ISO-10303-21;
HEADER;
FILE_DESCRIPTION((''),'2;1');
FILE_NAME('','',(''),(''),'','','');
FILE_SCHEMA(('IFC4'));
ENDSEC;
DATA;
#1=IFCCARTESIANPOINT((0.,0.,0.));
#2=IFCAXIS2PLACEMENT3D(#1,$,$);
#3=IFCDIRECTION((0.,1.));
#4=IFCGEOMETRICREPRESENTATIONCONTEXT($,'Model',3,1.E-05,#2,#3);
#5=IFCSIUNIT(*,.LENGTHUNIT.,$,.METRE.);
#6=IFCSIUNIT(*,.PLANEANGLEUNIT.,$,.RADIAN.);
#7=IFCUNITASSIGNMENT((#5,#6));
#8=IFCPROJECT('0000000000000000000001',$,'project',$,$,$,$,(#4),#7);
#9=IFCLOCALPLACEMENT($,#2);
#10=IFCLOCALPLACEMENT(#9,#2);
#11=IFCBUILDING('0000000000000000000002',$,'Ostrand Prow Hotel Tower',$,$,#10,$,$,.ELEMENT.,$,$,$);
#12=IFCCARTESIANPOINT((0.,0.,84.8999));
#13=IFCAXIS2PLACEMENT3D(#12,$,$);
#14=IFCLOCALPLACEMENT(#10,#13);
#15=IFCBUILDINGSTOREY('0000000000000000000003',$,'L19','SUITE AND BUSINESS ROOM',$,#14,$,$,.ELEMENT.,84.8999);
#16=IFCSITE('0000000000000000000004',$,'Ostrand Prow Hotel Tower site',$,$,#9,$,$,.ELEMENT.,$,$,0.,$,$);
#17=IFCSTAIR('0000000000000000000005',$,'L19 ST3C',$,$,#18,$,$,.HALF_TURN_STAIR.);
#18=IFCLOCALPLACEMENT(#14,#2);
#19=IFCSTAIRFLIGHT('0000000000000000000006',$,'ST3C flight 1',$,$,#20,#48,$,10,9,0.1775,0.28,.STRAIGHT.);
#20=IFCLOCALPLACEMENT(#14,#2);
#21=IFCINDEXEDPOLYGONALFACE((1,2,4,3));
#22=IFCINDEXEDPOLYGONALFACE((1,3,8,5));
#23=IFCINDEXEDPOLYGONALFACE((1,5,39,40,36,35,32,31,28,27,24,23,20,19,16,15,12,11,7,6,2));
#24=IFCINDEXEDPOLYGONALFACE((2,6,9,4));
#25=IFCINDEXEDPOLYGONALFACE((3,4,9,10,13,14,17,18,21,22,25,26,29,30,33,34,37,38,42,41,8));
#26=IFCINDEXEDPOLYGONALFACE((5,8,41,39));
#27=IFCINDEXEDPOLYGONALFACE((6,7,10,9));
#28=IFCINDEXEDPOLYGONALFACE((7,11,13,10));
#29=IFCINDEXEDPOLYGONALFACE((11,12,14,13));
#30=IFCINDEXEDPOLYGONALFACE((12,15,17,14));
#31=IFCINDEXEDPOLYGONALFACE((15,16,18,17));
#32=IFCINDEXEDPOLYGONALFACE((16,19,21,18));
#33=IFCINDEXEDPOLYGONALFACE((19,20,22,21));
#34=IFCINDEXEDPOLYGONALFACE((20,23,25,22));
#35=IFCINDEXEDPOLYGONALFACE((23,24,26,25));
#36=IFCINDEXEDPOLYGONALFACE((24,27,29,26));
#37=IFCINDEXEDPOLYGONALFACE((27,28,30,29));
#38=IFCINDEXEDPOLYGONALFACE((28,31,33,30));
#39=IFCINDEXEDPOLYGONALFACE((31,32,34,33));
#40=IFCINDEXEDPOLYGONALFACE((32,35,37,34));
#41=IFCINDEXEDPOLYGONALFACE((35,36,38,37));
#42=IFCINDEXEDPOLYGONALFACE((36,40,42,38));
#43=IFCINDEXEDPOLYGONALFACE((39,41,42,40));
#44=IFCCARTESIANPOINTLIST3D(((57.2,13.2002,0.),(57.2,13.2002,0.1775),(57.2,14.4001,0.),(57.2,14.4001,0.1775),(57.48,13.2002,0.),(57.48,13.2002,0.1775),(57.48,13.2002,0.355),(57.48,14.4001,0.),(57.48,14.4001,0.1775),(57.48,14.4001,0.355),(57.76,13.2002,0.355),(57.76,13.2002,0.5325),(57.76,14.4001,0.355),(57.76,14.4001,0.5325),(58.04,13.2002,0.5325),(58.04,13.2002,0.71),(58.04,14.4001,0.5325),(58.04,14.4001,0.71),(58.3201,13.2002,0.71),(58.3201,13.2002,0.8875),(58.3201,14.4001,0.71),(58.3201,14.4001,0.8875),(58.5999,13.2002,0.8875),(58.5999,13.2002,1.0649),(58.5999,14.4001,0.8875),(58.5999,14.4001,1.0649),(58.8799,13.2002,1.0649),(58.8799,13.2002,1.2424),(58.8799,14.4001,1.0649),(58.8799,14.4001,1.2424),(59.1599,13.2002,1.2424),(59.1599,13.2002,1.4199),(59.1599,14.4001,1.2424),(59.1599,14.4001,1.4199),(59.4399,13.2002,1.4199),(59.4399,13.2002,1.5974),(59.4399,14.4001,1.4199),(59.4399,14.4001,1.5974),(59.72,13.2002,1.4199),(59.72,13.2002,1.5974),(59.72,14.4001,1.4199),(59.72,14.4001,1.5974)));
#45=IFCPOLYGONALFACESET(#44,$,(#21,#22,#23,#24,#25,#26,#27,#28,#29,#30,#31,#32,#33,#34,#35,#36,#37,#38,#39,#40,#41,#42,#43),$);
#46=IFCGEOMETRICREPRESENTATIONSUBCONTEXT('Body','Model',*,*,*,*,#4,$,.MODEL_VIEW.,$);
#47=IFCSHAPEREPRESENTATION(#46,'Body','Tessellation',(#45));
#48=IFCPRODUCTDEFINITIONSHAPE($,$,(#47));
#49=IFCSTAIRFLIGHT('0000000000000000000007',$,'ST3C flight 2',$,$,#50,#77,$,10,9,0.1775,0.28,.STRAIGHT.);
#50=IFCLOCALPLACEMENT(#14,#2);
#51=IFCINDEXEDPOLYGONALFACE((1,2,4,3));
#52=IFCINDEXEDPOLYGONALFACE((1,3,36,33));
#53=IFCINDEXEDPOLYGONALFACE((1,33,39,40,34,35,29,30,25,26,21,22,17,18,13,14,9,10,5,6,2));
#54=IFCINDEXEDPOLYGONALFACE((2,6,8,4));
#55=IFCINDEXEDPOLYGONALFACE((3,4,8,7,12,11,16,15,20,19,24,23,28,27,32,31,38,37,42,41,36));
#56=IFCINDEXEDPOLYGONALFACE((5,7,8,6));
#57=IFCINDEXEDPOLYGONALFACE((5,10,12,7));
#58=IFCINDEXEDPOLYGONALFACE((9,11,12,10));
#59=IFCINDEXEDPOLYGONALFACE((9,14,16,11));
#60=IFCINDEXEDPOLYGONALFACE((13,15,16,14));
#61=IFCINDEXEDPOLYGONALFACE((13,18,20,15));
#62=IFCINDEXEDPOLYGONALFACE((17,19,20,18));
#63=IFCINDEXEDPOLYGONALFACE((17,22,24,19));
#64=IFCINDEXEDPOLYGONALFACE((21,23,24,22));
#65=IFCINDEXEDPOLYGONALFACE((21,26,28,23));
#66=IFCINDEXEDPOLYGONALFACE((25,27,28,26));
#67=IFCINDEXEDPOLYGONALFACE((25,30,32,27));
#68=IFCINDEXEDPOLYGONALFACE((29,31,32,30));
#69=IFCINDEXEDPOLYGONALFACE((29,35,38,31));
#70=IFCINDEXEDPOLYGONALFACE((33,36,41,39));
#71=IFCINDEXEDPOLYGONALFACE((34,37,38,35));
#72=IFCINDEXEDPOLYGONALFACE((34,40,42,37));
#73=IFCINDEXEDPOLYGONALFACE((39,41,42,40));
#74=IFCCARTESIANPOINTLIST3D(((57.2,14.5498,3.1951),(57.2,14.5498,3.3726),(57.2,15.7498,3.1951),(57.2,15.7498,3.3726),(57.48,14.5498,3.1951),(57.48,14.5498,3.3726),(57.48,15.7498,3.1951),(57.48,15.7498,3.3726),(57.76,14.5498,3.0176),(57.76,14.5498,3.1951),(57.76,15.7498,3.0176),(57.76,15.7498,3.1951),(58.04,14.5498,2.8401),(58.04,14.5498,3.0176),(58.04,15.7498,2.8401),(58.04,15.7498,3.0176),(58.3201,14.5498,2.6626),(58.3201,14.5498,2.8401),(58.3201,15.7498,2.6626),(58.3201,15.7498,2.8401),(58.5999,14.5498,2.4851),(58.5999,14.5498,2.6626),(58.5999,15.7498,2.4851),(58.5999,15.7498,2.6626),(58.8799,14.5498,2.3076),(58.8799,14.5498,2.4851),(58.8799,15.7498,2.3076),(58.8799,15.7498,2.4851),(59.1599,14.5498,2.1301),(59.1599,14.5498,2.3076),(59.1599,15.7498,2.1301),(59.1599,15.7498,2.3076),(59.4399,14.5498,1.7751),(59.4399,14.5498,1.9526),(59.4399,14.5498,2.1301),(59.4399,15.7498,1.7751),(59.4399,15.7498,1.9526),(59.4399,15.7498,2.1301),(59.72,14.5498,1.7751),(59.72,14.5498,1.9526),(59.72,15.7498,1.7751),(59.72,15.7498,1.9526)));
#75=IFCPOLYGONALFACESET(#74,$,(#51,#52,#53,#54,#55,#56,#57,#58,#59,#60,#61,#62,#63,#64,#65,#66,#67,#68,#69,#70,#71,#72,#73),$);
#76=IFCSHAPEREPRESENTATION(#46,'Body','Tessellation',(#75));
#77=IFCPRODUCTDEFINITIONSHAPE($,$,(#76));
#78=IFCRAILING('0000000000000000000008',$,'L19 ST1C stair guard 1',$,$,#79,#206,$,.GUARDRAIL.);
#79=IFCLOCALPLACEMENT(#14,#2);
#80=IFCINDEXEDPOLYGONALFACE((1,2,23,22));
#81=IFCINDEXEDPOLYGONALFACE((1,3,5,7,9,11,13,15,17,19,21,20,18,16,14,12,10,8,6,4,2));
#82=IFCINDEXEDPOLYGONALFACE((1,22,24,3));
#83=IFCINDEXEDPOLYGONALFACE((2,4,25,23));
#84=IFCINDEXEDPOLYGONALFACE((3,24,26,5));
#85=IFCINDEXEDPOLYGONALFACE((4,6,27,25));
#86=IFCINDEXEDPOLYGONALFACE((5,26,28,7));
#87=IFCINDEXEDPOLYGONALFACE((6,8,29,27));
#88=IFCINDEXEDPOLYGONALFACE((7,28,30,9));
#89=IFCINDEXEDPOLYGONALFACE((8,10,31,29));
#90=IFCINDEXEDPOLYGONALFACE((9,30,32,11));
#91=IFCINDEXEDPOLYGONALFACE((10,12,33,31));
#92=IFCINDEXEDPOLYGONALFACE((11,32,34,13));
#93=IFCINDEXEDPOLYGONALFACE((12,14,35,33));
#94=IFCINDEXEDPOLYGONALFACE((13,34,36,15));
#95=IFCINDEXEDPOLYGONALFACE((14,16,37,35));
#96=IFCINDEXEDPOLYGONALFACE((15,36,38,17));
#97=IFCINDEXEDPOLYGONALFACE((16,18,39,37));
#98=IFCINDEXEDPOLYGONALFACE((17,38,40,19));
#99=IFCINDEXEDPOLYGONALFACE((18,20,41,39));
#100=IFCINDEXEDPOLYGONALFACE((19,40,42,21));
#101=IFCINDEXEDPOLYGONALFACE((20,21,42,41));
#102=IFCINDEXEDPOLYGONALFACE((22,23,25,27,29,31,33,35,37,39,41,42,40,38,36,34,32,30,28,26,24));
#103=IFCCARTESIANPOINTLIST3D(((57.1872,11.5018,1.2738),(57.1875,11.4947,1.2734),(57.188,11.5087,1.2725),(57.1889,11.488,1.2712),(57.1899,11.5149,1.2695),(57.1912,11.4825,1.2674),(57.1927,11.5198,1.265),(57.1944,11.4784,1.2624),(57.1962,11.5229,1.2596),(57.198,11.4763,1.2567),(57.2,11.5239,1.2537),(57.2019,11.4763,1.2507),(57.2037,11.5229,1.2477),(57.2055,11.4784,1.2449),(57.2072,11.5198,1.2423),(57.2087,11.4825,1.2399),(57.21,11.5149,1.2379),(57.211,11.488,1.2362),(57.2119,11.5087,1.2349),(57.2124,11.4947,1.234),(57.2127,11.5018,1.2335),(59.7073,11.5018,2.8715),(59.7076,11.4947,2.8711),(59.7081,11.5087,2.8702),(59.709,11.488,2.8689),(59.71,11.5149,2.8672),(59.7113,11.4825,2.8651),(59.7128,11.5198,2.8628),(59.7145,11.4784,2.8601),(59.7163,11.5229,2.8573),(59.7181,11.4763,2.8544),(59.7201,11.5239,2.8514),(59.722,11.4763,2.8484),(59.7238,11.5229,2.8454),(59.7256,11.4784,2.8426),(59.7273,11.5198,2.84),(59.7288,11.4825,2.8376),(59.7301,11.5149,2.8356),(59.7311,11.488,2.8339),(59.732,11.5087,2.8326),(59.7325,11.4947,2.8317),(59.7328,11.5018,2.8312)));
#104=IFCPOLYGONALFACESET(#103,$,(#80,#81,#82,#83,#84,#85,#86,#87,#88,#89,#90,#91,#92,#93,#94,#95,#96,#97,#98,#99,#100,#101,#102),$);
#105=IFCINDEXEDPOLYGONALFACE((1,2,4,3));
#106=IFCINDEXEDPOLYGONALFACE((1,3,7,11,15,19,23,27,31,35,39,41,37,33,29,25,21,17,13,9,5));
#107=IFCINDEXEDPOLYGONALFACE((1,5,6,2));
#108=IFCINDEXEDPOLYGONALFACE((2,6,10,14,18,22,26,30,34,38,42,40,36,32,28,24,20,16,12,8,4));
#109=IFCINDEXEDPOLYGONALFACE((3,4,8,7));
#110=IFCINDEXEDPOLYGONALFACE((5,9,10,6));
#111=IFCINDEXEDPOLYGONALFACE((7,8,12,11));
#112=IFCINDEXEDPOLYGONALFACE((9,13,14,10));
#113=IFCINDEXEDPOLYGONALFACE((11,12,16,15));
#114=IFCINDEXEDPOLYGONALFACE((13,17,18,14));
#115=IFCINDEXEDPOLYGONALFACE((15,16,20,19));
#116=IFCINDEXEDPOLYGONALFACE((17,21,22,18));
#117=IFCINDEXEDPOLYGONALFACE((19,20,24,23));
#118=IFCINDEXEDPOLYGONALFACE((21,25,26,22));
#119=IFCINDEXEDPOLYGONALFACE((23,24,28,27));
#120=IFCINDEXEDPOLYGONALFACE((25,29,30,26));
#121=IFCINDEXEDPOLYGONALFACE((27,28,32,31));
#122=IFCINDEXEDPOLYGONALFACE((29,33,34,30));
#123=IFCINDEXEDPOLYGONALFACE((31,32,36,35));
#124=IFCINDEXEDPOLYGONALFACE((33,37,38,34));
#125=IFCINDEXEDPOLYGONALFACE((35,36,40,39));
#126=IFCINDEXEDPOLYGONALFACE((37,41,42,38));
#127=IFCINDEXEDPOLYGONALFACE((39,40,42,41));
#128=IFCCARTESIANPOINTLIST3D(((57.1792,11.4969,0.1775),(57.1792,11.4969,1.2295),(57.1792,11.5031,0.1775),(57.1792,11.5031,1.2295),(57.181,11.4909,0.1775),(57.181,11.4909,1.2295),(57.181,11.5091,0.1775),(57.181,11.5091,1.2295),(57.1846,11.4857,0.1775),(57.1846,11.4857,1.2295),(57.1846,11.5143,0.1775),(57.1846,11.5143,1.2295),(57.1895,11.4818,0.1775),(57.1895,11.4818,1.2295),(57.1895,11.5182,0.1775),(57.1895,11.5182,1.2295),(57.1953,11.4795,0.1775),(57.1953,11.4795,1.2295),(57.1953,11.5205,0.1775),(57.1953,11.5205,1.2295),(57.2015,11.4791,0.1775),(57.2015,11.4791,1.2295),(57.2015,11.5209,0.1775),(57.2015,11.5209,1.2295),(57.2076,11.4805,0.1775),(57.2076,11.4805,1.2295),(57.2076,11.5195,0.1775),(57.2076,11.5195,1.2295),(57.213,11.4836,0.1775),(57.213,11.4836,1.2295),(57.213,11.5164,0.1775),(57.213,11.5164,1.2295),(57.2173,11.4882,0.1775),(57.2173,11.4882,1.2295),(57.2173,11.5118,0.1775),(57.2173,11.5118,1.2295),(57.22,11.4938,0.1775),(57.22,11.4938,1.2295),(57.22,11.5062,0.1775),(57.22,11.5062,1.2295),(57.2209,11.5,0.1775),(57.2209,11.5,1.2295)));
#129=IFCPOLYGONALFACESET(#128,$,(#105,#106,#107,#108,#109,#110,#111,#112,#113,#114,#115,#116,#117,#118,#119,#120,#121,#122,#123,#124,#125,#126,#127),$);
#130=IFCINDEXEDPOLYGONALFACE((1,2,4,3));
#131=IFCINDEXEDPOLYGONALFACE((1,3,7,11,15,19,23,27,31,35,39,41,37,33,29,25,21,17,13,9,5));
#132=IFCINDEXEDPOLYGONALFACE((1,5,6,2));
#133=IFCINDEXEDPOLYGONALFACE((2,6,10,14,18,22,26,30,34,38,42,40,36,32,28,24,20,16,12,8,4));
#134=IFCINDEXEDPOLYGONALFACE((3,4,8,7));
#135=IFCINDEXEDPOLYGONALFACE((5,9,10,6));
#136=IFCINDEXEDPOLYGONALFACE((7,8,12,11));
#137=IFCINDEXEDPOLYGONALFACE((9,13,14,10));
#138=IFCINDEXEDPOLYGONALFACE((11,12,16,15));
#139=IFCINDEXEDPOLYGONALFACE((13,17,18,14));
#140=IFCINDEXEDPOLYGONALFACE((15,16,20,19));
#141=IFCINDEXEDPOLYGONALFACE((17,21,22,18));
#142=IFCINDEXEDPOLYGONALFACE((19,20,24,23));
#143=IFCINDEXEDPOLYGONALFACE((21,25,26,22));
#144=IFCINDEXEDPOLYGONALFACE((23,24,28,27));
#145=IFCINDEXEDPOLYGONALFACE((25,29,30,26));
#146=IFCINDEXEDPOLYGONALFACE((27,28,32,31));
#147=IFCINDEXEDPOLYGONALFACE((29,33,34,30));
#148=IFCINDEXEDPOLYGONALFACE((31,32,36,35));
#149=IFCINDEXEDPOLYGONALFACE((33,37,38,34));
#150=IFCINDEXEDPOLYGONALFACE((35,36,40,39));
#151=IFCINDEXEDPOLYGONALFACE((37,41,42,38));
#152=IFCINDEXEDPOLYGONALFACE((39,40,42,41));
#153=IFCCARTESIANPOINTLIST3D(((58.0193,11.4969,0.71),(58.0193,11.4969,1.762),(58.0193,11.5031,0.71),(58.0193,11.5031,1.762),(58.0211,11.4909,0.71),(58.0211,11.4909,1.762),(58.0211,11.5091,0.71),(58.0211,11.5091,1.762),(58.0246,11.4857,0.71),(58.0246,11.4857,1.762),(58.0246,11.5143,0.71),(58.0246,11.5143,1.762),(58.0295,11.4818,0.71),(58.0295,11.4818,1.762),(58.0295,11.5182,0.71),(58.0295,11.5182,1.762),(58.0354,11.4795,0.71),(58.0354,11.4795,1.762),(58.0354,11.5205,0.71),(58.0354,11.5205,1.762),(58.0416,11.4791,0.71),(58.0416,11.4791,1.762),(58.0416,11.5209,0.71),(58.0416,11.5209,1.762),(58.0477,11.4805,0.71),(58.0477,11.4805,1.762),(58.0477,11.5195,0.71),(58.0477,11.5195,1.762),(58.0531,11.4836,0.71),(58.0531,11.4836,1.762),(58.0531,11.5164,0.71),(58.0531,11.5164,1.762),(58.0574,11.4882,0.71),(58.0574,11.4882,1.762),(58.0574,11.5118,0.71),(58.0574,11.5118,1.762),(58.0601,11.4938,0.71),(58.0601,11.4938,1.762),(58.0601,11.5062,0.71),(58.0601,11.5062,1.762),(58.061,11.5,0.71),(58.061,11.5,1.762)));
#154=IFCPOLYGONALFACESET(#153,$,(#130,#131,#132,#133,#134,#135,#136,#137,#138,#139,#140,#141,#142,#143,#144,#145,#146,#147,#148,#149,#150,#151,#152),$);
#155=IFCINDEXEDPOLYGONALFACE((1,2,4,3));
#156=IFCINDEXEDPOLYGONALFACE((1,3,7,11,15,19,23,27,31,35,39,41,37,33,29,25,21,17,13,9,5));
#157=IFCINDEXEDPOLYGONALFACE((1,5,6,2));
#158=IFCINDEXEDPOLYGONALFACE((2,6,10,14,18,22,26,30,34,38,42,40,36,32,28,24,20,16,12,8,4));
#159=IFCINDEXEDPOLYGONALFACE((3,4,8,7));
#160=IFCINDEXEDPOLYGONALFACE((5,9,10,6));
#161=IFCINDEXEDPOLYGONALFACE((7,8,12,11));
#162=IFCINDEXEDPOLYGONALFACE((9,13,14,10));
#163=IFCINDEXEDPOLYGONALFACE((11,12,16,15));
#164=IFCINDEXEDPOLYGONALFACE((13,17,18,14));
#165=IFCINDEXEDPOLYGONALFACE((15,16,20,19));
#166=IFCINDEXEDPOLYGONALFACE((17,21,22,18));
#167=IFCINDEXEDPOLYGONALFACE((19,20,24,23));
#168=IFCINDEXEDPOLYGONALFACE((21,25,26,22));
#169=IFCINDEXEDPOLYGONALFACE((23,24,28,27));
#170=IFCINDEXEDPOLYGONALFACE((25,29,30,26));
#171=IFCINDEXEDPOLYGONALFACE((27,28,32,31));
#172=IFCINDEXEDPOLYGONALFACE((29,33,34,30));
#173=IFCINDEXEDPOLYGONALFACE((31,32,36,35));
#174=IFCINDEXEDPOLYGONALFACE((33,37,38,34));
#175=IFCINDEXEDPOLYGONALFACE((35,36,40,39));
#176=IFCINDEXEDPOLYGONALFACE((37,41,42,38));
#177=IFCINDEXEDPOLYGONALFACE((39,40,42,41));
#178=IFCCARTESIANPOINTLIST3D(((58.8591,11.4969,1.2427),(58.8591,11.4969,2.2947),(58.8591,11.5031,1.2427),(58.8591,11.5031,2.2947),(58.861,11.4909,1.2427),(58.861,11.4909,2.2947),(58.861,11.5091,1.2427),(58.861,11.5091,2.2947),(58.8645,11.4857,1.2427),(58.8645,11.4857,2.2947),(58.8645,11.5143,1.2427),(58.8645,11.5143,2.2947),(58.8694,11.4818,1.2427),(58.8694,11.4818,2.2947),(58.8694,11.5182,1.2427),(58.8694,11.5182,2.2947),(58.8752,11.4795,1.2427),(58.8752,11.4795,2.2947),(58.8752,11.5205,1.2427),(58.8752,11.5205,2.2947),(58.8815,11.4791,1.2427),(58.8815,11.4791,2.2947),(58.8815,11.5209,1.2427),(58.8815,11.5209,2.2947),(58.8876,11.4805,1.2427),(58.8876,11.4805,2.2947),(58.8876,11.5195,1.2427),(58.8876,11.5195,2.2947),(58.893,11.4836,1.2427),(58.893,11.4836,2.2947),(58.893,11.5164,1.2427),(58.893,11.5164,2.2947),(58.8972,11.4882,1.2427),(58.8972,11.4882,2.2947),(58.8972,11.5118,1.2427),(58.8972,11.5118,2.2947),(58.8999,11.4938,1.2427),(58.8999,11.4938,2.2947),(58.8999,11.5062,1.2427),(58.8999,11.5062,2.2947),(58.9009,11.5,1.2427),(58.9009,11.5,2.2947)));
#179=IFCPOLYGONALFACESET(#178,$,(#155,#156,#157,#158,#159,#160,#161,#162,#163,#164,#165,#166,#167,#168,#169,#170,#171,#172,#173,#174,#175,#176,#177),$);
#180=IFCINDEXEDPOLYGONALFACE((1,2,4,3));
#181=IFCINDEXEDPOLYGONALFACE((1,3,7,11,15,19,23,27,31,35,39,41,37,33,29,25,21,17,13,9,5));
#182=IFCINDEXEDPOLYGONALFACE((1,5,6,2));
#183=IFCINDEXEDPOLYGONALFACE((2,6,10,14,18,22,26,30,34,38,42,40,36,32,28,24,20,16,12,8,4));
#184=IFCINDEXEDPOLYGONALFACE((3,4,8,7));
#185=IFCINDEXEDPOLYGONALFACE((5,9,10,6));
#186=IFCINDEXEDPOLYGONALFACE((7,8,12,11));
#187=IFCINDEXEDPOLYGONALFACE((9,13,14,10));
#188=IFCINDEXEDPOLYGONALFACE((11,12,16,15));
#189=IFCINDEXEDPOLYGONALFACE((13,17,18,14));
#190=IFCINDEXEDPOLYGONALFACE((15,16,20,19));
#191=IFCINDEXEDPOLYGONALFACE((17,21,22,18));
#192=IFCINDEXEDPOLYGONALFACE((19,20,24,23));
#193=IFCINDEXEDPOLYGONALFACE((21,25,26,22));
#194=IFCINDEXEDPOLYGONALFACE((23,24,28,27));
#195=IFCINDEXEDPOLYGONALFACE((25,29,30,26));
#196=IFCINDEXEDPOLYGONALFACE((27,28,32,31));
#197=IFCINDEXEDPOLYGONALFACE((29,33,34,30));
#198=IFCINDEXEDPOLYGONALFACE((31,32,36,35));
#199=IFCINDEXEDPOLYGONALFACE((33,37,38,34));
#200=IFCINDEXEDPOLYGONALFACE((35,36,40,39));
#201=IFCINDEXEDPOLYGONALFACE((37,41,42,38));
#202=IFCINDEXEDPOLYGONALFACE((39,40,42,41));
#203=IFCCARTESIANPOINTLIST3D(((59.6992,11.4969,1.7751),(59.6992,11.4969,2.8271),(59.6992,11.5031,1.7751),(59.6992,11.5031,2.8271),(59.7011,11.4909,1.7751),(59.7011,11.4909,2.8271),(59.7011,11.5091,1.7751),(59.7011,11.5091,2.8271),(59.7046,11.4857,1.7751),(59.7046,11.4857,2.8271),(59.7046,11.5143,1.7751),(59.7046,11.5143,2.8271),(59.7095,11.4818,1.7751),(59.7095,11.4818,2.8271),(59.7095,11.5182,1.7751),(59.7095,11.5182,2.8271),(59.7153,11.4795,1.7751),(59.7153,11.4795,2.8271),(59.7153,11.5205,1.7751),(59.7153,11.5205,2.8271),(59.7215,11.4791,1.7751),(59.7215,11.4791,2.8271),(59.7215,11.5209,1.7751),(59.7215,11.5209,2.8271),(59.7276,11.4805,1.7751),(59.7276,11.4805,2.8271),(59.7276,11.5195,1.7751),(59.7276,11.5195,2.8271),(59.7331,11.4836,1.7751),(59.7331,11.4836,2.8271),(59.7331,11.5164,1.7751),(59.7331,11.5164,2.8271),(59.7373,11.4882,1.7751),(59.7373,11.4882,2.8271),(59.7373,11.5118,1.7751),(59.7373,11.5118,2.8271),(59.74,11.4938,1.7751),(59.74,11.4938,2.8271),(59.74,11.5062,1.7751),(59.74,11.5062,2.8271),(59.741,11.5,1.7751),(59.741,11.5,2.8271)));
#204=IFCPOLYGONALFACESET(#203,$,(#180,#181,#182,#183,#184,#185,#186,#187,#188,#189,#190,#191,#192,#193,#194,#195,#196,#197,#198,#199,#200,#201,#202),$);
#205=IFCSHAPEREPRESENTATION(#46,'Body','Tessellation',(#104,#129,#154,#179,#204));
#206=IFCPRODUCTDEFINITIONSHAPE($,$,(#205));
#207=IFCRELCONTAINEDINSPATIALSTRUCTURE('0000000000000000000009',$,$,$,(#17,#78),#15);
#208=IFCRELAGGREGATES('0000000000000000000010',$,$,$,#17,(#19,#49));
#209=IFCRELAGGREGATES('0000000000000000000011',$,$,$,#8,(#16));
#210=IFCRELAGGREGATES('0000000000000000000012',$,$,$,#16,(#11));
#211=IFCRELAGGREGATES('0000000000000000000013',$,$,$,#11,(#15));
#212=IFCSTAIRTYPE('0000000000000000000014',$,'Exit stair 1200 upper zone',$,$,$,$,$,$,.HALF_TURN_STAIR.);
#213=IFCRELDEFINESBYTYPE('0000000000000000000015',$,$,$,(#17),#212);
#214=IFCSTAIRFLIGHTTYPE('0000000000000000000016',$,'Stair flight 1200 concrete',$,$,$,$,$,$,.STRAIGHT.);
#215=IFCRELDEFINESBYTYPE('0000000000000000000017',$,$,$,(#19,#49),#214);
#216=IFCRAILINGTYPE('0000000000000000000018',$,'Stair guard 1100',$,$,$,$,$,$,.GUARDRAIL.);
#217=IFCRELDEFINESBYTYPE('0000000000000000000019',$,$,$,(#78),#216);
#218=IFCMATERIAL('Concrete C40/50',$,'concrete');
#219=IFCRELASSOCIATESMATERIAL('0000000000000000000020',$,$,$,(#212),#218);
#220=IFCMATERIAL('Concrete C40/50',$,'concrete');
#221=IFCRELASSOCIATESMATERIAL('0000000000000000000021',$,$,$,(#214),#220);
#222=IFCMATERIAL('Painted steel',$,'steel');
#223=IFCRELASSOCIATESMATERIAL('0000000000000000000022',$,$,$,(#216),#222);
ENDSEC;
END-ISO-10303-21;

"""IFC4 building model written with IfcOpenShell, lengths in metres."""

from ifc_helpers import new_model, si_unit, direction, frame, origin, origin_2d, place, context, subcontext, project, spatial, polyline, circle, outline, extrude, material, type_object, element, aggregate, save


model = new_model("IFC4")

# Units and contexts
model_context = context("Model", 3, precision=1e-05, world=origin(), true_north=direction((0.0, 1.0)))
body_context = subcontext(model_context, "Body", "Model", "MODEL_VIEW")
ifc_project = project(units=[si_unit("LENGTHUNIT", "METRE"), si_unit("PLANEANGLEUNIT", "RADIAN")], contexts=[model_context])

# Site, building, storey
site_placement = place(None, origin())
site = spatial("IfcSite", under=ifc_project, at=site_placement, Name="Ostrand Prow Hotel Tower site", CompositionType="ELEMENT", RefElevation=0.0)
building_placement = place(site_placement, origin())
building = spatial("IfcBuilding", under=site, at=building_placement, Name="Ostrand Prow Hotel Tower", CompositionType="ELEMENT")
storey_placement = place(building_placement, frame((0.0, 0.0, 84.8999)))
storey = spatial("IfcBuildingStorey", under=building, at=storey_placement, Name="L19", Description="SUITE AND BUSINESS ROOM", CompositionType="ELEMENT", Elevation=84.8999)

# Stair, stair flights
ifc_material_1 = material(Name="Concrete C40/50", Category="concrete")
stair_type = type_object("IfcStairType", Name="Exit stair 1200 upper zone", PredefinedType="HALF_TURN_STAIR", material=ifc_material_1)
ifc_material_2 = material(Name="Concrete C40/50", Category="concrete")
stair_flight_type = type_object("IfcStairFlightType", Name="Stair flight 1200 concrete", PredefinedType="STRAIGHT", material=ifc_material_2)
stair_1_placement = place(storey_placement, origin())
stair_1 = element("IfcStair", 1, at=stair_1_placement, inside=storey, type_object=stair_type, Name="L19 ST3C", PredefinedType="HALF_TURN_STAIR")
stair_flight_1_placement = place(storey_placement, frame((57.2, 13.8, 0.0), z_axis=(0.0, 0.0, 1.0), x_axis=(1.0, 0.0, 0.0)))
stair_flight_1 = element("IfcStairFlight", 2, at=stair_flight_1_placement, type_object=stair_flight_type, Name="ST3C flight 1", NumberOfRisers=10, NumberOfTreads=9, PredefinedType="STRAIGHT", RiserHeight=0.1775, TreadLength=0.28, context=body_context, shape_type="SweptSolid", body=[
    extrude(outline(polyline([(0.0, 0.0), (0.0, 0.1775), (0.28, 0.1775), (0.28, 0.355), (0.5601, 0.355), (0.5601, 0.5325), (0.8401, 0.5325), (0.8401, 0.71), (1.1201, 0.71), (1.1201, 0.8875), (1.3999, 0.8875), (1.3999, 1.0649), (1.6799, 1.0649), (1.6799, 1.2424), (1.96, 1.2424), (1.96, 1.4199), (2.24, 1.4199), (2.24, 1.5974), (2.52, 1.5974), (2.52, 1.7749), (2.52, 1.4199), (0.28, 0.0), (0.0, 0.0)])), frame((0.0, 0.6001, 0.0), z_axis=(0.0, -1.0, 0.0), x_axis=(1.0, 0.0, 0.0)), (0.0, 0.0, 1.0), 1.2),
])
stair_flight_2_placement = place(storey_placement, frame((59.72, 15.1499, 1.7751), z_axis=(0.0, 0.0, 1.0), x_axis=(-1.0, 0.0, 0.0)))
stair_flight_2 = element("IfcStairFlight", 3, at=stair_flight_2_placement, type_object=stair_flight_type, Name="ST3C flight 2", NumberOfRisers=10, NumberOfTreads=9, PredefinedType="STRAIGHT", RiserHeight=0.1775, TreadLength=0.28, context=body_context, shape_type="SweptSolid", body=[
    extrude(outline(polyline([(0.0, 0.0), (0.0, 0.1775), (0.28, 0.1775), (0.28, 0.355), (0.5601, 0.355), (0.5601, 0.5325), (0.8401, 0.5325), (0.8401, 0.71), (1.1201, 0.71), (1.1201, 0.8875), (1.3999, 0.8875), (1.3999, 1.0649), (1.6799, 1.0649), (1.6799, 1.2424), (1.96, 1.2424), (1.96, 1.4199), (2.24, 1.4199), (2.24, 1.5974), (2.52, 1.5974), (2.52, 1.7749), (2.52, 1.4199), (0.28, 0.0), (0.0, 0.0)])), frame((0.0, 0.6001, 0.0), z_axis=(0.0, -1.0, 0.0), x_axis=(1.0, 0.0, 0.0)), (0.0, 0.0, 1.0), 1.2),
])
aggregate(stair_1, [stair_flight_1, stair_flight_2])

# Railing
ifc_material_3 = material(Name="Painted steel", Category="steel")
railing_type_1 = type_object("IfcRailingType", Name="Stair guard 1100", PredefinedType="GUARDRAIL", material=ifc_material_3)
railing_1_placement = place(storey_placement, frame((57.2, 11.5, 0.1775)))
element("IfcRailing", 4, at=railing_1_placement, inside=storey, type_object=railing_type_1, Name="L19 ST1C stair guard 1", PredefinedType="GUARDRAIL", context=body_context, shape_type="SweptSolid", body=[
    extrude(circle(Radius=0.0239, at=origin_2d()), frame((0.0, 0.0, 1.0762), z_axis=(0.84457, 0.0, 0.535445), x_axis=(0.0, 1.0, 0.0)), (0.0, 0.0, 1.0), 2.9839),
    extrude(circle(Radius=0.021, at=origin_2d()), origin(), (0.0, 0.0, 1.0), 1.052),
    extrude(circle(Radius=0.021, at=origin_2d()), frame((0.8401, 0.0, 0.5325)), (0.0, 0.0, 1.0), 1.052),
    extrude(circle(Radius=0.021, at=origin_2d()), frame((1.6799, 0.0, 1.0652)), (0.0, 0.0, 1.0), 1.052),
    extrude(circle(Radius=0.021, at=origin_2d()), frame((2.52, 0.0, 1.5977)), (0.0, 0.0, 1.0), 1.052),
])

save(model, "model.ifc")
